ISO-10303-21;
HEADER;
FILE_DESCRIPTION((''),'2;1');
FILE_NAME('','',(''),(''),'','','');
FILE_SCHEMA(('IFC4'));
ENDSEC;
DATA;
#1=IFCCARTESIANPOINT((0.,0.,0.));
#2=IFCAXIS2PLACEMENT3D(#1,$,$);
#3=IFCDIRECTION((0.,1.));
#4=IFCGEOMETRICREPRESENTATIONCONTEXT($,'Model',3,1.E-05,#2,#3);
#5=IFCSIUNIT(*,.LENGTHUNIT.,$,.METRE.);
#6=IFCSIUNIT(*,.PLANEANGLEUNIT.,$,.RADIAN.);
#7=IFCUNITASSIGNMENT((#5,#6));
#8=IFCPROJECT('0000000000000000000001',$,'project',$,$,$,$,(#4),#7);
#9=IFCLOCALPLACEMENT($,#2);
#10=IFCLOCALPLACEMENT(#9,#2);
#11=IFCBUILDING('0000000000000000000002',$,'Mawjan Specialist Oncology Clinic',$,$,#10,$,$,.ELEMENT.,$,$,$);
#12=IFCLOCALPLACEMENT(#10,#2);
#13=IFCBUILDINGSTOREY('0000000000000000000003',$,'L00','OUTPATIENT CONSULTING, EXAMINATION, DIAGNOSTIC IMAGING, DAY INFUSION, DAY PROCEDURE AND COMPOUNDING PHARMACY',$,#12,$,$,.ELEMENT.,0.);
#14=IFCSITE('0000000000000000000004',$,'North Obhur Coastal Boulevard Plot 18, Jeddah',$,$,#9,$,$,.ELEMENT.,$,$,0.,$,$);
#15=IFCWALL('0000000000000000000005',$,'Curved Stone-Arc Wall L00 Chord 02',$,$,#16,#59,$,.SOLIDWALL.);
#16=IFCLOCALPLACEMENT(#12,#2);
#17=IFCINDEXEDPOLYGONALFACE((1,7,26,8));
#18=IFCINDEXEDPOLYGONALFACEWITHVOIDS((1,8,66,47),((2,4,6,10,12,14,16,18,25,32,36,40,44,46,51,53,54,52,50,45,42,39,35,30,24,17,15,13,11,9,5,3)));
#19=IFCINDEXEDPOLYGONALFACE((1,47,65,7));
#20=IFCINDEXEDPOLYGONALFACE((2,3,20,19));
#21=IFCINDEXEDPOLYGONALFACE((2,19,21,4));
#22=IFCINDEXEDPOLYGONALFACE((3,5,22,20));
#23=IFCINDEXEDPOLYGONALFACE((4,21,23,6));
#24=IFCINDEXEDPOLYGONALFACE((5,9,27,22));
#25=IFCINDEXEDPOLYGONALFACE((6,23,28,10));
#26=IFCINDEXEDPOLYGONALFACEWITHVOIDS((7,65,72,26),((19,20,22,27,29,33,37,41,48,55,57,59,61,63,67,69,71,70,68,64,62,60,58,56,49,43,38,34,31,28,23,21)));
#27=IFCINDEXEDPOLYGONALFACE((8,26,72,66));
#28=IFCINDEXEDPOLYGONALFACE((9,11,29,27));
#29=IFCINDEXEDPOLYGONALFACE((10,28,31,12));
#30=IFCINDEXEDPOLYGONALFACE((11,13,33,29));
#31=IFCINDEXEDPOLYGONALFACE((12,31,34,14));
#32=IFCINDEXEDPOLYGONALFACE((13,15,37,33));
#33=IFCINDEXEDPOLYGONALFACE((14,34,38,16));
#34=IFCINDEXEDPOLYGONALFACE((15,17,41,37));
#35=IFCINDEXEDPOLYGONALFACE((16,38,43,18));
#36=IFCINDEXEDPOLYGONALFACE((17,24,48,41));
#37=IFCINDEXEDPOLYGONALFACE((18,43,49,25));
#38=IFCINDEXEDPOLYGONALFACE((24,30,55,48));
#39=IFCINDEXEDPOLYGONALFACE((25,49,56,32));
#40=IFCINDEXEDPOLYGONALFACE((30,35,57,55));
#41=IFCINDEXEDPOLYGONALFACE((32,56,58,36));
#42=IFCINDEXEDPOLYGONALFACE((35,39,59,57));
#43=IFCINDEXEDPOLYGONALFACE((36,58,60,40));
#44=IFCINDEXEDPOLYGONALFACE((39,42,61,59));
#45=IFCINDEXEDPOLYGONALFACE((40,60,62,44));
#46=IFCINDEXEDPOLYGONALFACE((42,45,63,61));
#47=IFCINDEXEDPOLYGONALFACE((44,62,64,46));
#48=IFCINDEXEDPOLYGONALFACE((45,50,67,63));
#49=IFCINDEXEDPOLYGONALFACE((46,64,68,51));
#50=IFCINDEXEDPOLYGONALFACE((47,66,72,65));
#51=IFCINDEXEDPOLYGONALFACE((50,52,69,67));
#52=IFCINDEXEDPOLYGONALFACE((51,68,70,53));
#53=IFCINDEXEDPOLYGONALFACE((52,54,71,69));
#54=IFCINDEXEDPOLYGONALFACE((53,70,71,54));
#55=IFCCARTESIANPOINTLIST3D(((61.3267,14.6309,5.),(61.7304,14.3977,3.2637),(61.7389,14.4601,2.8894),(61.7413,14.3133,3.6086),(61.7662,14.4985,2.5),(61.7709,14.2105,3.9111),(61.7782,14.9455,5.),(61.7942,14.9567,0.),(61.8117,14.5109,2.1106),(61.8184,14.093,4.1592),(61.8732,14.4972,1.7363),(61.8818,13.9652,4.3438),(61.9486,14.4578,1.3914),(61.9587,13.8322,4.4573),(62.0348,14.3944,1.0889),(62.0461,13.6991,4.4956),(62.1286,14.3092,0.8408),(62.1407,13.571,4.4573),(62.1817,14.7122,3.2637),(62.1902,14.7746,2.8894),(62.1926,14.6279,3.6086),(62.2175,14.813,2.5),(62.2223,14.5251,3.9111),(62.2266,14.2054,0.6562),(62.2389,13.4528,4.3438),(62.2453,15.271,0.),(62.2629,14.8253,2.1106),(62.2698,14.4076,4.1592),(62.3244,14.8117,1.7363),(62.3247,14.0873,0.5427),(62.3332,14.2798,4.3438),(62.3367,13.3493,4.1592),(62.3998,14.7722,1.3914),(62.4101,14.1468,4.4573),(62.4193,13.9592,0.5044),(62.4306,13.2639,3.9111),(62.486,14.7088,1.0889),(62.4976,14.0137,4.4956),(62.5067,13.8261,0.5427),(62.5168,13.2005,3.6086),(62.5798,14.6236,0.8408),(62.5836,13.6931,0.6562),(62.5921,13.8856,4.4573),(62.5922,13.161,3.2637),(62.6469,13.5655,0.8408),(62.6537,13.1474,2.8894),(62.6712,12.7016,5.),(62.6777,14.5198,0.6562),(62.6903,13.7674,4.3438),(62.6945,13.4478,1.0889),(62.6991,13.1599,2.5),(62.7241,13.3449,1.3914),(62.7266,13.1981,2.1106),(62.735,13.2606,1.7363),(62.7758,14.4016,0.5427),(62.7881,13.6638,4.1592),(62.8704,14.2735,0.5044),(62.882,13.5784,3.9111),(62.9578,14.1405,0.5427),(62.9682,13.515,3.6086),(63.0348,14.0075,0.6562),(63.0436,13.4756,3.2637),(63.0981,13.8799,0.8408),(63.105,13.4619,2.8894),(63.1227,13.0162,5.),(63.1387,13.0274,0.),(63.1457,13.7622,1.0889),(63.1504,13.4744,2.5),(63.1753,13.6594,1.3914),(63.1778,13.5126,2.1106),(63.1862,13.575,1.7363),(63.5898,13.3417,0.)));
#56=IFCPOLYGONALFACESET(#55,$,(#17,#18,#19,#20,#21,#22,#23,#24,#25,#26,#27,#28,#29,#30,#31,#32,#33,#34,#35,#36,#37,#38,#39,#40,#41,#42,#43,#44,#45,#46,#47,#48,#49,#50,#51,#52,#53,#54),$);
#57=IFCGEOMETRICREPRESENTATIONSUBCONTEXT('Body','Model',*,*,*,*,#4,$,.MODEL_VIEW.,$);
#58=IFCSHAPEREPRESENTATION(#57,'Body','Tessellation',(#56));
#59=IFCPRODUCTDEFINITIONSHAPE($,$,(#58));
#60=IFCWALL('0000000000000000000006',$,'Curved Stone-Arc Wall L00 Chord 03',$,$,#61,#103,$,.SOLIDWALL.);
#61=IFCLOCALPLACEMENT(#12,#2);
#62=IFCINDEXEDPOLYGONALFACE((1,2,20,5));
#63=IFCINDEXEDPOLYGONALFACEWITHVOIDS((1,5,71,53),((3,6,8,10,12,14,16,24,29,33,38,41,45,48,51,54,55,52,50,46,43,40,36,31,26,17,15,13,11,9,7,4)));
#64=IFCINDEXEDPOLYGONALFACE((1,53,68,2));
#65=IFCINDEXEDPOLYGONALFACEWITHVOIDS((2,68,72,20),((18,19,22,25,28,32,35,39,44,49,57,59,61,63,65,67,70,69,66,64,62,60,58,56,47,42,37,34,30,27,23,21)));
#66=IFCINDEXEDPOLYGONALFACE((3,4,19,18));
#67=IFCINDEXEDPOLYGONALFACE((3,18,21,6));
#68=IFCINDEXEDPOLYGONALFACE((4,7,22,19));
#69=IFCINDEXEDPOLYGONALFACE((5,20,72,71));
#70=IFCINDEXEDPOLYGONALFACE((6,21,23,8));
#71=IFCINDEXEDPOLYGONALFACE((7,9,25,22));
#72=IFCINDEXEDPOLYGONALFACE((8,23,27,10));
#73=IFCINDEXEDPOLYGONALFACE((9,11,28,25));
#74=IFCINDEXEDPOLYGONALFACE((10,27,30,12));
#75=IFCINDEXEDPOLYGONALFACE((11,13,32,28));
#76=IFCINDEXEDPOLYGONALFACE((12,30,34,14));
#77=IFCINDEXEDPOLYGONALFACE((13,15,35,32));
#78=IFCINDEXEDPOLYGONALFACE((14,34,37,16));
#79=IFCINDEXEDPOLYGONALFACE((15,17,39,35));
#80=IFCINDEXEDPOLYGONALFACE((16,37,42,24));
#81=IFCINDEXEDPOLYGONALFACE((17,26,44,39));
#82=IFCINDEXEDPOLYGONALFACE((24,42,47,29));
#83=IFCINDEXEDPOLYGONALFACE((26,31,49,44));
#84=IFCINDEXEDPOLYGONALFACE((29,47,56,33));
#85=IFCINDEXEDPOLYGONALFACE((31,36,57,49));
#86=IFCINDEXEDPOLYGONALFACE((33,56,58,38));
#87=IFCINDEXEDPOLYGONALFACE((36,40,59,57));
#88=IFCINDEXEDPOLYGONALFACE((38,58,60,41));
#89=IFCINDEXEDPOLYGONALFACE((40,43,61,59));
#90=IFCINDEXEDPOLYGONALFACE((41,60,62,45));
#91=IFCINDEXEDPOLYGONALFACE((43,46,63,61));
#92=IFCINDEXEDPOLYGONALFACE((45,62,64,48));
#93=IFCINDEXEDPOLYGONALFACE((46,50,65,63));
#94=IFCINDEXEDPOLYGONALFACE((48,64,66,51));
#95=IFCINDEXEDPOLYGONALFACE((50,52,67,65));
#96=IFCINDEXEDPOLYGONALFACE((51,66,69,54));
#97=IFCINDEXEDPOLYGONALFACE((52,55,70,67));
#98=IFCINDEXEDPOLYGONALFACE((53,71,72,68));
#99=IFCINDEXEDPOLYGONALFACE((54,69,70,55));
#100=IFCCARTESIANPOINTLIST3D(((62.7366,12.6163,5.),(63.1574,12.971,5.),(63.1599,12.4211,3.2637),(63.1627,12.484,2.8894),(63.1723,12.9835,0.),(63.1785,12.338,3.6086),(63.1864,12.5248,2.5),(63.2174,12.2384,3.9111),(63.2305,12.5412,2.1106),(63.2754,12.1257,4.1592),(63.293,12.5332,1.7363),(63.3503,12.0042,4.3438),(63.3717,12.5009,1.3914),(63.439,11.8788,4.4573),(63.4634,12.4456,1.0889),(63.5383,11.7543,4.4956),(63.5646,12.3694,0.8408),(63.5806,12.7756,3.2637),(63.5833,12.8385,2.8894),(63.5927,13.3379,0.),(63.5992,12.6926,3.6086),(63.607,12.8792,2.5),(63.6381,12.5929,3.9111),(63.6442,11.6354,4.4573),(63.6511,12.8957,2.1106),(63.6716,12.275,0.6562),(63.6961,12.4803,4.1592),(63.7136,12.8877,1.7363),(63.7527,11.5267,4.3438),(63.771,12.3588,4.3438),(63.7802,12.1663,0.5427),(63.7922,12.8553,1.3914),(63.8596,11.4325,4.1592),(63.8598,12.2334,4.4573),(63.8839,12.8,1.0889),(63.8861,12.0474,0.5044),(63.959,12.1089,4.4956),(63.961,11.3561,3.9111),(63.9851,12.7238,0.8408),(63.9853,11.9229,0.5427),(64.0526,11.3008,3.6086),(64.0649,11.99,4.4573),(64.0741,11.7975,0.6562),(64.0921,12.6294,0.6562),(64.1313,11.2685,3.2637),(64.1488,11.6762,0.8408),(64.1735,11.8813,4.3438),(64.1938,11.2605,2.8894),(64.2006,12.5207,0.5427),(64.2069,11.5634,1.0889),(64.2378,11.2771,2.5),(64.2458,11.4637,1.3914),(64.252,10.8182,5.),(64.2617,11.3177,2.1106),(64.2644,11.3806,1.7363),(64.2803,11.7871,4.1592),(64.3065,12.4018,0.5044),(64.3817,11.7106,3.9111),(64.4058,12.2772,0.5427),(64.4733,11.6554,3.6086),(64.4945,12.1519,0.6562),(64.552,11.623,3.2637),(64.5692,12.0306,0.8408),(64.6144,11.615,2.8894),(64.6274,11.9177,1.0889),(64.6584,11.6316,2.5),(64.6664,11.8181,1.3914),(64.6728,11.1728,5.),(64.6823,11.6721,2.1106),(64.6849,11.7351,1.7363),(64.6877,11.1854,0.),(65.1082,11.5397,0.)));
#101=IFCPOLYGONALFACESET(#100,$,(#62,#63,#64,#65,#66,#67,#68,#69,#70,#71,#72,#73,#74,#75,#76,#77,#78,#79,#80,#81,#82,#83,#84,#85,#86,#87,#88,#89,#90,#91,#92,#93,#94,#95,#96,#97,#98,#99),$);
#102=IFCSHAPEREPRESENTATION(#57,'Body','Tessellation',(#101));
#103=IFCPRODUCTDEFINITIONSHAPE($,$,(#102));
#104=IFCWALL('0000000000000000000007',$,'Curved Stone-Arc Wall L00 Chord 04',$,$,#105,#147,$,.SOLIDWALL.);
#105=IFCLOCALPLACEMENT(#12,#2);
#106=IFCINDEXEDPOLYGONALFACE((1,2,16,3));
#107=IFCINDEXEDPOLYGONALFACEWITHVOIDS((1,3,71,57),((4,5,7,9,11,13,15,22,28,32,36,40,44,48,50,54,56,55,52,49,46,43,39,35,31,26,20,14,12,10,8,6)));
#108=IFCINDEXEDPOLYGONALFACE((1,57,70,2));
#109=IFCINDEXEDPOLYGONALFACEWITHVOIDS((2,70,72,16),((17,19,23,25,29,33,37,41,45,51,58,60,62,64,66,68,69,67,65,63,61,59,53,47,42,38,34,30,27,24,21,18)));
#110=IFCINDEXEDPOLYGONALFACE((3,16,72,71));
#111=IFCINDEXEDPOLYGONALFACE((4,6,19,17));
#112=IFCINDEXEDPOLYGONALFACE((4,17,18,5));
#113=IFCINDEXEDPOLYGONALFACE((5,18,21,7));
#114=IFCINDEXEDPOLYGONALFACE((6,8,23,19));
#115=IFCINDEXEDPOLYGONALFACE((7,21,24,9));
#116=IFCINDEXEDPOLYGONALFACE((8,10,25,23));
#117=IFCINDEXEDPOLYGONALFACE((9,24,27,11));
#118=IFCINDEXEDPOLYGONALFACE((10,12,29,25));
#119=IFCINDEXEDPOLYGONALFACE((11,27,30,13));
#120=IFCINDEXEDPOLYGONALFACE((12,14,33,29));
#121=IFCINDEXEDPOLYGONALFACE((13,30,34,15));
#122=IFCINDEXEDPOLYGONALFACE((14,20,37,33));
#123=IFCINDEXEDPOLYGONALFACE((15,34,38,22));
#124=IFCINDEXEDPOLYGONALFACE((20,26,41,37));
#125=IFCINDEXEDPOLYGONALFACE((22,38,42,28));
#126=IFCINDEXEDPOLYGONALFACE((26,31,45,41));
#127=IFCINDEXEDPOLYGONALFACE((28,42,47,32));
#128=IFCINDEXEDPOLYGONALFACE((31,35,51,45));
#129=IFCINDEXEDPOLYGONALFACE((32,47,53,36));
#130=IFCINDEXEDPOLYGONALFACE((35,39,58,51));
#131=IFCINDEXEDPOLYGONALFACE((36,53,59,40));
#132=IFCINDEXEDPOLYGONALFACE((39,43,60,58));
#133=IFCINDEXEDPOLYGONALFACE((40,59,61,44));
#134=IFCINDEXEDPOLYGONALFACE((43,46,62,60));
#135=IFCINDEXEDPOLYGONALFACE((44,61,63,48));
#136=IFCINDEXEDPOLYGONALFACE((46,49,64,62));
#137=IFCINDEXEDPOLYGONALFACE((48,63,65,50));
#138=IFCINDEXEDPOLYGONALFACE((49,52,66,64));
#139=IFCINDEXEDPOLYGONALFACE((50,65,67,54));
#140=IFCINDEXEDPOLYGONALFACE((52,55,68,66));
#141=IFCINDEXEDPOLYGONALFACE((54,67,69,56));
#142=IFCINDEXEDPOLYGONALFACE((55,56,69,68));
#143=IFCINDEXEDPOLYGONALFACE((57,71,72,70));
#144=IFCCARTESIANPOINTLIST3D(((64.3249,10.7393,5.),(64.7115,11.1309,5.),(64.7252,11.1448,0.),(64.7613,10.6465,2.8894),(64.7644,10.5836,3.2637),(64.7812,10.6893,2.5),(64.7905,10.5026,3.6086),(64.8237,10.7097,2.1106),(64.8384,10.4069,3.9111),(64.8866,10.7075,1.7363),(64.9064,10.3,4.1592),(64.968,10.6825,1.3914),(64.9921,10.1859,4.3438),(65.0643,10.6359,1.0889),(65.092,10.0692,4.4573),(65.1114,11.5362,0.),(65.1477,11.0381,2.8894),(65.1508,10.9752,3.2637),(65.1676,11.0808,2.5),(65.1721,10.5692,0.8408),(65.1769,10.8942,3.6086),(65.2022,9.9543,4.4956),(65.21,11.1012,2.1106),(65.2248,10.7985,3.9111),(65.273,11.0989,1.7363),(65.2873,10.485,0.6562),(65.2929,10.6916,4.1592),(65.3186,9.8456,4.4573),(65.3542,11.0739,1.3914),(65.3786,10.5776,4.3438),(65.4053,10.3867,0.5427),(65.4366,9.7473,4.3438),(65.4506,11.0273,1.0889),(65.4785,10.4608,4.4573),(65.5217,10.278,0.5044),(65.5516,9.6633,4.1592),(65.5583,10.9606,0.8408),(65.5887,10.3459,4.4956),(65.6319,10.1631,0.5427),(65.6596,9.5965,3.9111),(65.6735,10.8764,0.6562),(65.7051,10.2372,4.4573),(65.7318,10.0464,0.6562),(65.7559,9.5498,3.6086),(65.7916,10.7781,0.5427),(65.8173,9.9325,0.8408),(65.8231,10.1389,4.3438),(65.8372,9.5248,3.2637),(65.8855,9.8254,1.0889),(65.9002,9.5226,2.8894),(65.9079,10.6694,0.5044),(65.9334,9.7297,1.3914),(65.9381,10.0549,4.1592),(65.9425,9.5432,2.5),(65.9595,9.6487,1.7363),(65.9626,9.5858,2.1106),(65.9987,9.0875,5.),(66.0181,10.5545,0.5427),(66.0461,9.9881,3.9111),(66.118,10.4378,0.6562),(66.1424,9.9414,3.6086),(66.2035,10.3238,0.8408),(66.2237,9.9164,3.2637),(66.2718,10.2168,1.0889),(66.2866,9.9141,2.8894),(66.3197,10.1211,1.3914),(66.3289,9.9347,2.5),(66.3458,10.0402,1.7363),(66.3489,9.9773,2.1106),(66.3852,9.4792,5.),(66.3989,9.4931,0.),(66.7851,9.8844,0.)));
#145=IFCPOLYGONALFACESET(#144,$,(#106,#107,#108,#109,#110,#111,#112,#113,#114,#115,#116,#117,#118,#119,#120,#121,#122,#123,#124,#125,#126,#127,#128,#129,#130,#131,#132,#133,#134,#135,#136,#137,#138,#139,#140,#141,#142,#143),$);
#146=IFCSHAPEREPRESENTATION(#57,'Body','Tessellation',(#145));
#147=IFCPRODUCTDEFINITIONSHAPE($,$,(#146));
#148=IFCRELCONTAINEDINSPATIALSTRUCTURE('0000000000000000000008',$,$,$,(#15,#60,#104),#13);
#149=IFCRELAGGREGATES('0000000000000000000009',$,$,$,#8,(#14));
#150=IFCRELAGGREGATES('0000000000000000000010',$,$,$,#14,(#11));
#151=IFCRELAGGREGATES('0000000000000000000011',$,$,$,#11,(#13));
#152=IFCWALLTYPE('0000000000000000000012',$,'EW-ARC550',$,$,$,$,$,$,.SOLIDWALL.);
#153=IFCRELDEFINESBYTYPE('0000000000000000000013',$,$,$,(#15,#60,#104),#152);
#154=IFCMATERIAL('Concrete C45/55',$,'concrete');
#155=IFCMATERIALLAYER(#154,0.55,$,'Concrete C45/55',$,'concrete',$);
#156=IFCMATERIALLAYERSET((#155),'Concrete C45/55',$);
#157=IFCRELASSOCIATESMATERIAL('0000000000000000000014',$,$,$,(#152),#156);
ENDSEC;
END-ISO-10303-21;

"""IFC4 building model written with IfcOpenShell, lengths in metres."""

from ifc_helpers import new_model, si_unit, direction, frame, origin, place, context, subcontext, project, spatial, polyline, outline, extrude, material, layer, layer_set, type_object, element, save


model = new_model("IFC4")

# Units and contexts
model_context = context("Model", 3, precision=1e-05, world=origin(), true_north=direction((0.0, 1.0)))
body_context = subcontext(model_context, "Body", "Model", "MODEL_VIEW")
ifc_project = project(units=[si_unit("LENGTHUNIT", "METRE"), si_unit("PLANEANGLEUNIT", "RADIAN")], contexts=[model_context])

# Site, building, storey
site_placement = place(None, origin())
site = spatial("IfcSite", under=ifc_project, at=site_placement, Name="North Obhur Coastal Boulevard Plot 18, Jeddah", CompositionType="ELEMENT", RefElevation=0.0)
building_placement = place(site_placement, origin())
building = spatial("IfcBuilding", under=site, at=building_placement, Name="Mawjan Specialist Oncology Clinic", CompositionType="ELEMENT")
storey_placement = place(building_placement, origin())
storey = spatial("IfcBuildingStorey", under=building, at=storey_placement, Name="L00", Description="OUTPATIENT CONSULTING, EXAMINATION, DIAGNOSTIC IMAGING, DAY INFUSION, DAY PROCEDURE AND COMPOUNDING PHARMACY", CompositionType="ELEMENT", Elevation=0.0)

# Walls, openings
ifc_material_1 = material(Name="Concrete C45/55", Category="concrete")
ifc_layer_1 = layer(ifc_material_1, 0.55, Name="Concrete C45/55", Category="concrete")
ifc_layer_set_1 = layer_set([ifc_layer_1], Name="Concrete C45/55")
wall_type = type_object("IfcWallType", Name="EW-ARC550", PredefinedType="SOLIDWALL", material=ifc_layer_set_1)
wall_1_placement = place(storey_placement, frame((63.3643, 13.1846, 0.0), z_axis=(0.0, 0.0, 1.0), x_axis=(-0.571761, 0.82042, 0.0)))
wall_1 = element("IfcWall", 1, at=wall_1_placement, inside=storey, type_object=wall_type, Name="Curved Stone-Arc Wall L00 Chord 02", PredefinedType="SOLIDWALL", context=body_context, shape_type="SweptSolid", body=[
    extrude(outline(polyline([(-0.2749, 0.0), (0.2749, 0.0), (0.8447, 5.0), (0.2944, 5.0), (-0.2749, 0.0)])), frame((0.0, 0.0, 0.0), z_axis=(1.0, 0.0, 0.0), x_axis=(0.0, 1.0, 0.0)), (0.0, 0.0, 1.0), 2.3516),
])
opening_1_placement = place(wall_1_placement, origin())
element("IfcOpeningElement", 2, at=opening_1_placement, cuts=wall_1, PredefinedType="OPENING", context=body_context, shape_type="SweptSolid", body=[
    extrude(outline(polyline([(1.9917, 2.5), (1.9758, 2.8894), (1.9294, 3.2637), (1.854, 3.6086), (1.7527, 3.9111), (1.6292, 4.1592), (1.488, 4.3438), (1.335, 4.4573), (1.1758, 4.4956), (1.0166, 4.4573), (0.8635, 4.3438), (0.7227, 4.1592), (0.5989, 3.9111), (0.4976, 3.6086), (0.4221, 3.2637), (0.3757, 2.8894), (0.3601, 2.5), (0.3757, 2.1106), (0.4221, 1.7363), (0.4976, 1.3914), (0.5989, 1.0889), (0.7227, 0.8408), (0.8635, 0.6562), (1.0166, 0.5427), (1.1758, 0.5044), (1.335, 0.5427), (1.488, 0.6562), (1.6292, 0.8408), (1.7527, 1.0889), (1.854, 1.3914), (1.9294, 1.7363), (1.9758, 2.1106), (1.9917, 2.5)])), frame((0.0, 0.8645, 0.0), z_axis=(0.0, -1.0, 0.0), x_axis=(1.0, 0.0, 0.0)), (0.0, 0.0, 1.0), 1.1597),
])
wall_2_placement = place(storey_placement, frame((64.8979, 11.3625, 0.0), z_axis=(0.0, 0.0, 1.0), x_axis=(-0.644433, 0.764661, 0.0)))
wall_2 = element("IfcWall", 3, at=wall_2_placement, inside=storey, type_object=wall_type, Name="Curved Stone-Arc Wall L00 Chord 03", PredefinedType="SOLIDWALL", context=body_context, shape_type="SweptSolid", body=[
    extrude(outline(polyline([(-0.2749, 0.0), (0.2749, 0.0), (0.8447, 5.0), (0.2944, 5.0), (-0.2749, 0.0)])), frame((0.0, 0.0, 0.0), z_axis=(1.0, 0.0, 0.0), x_axis=(0.0, 1.0, 0.0)), (0.0, 0.0, 1.0), 2.3516),
])
opening_2_placement = place(wall_2_placement, origin())
element("IfcOpeningElement", 4, at=opening_2_placement, cuts=wall_2, PredefinedType="OPENING", context=body_context, shape_type="SweptSolid", body=[
    extrude(outline(polyline([(1.9917, 2.5), (1.9758, 2.8894), (1.9294, 3.2637), (1.854, 3.6086), (1.7527, 3.9111), (1.6292, 4.1592), (1.488, 4.3438), (1.335, 4.4573), (1.1758, 4.4956), (1.0166, 4.4573), (0.8635, 4.3438), (0.7227, 4.1592), (0.5989, 3.9111), (0.4976, 3.6086), (0.4221, 3.2637), (0.3757, 2.8894), (0.3601, 2.5), (0.3757, 2.1106), (0.4221, 1.7363), (0.4976, 1.3914), (0.5989, 1.0889), (0.7227, 0.8408), (0.8635, 0.6562), (1.0166, 0.5427), (1.1758, 0.5044), (1.335, 0.5427), (1.488, 0.6562), (1.6292, 0.8408), (1.7527, 1.0889), (1.854, 1.3914), (1.9294, 1.7363), (1.9758, 2.1106), (1.9917, 2.5)])), frame((0.0, 0.8645, 0.0), z_axis=(0.0, -1.0, 0.0), x_axis=(1.0, 0.0, 0.0)), (0.0, 0.0, 1.0), 1.1597),
])
wall_3_placement = place(storey_placement, frame((66.592, 9.6887, 0.0), z_axis=(0.0, 0.0, 1.0), x_axis=(-0.711763, 0.70242, 0.0)))
wall_3 = element("IfcWall", 5, at=wall_3_placement, inside=storey, type_object=wall_type, Name="Curved Stone-Arc Wall L00 Chord 04", PredefinedType="SOLIDWALL", context=body_context, shape_type="SweptSolid", body=[
    extrude(outline(polyline([(-0.2749, 0.0), (0.2749, 0.0), (0.8447, 5.0), (0.2944, 5.0), (-0.2749, 0.0)])), frame((0.0, 0.0, 0.0), z_axis=(1.0, 0.0, 0.0), x_axis=(0.0, 1.0, 0.0)), (0.0, 0.0, 1.0), 2.3516),
])
opening_3_placement = place(wall_3_placement, origin())
element("IfcOpeningElement", 6, at=opening_3_placement, cuts=wall_3, PredefinedType="OPENING", context=body_context, shape_type="SweptSolid", body=[
    extrude(outline(polyline([(1.9917, 2.5), (1.9758, 2.8894), (1.9294, 3.2637), (1.854, 3.6086), (1.7527, 3.9111), (1.6292, 4.1592), (1.488, 4.3438), (1.335, 4.4573), (1.1758, 4.4956), (1.0166, 4.4573), (0.8635, 4.3438), (0.7227, 4.1592), (0.5989, 3.9111), (0.4976, 3.6086), (0.4221, 3.2637), (0.3757, 2.8894), (0.3601, 2.5), (0.3757, 2.1106), (0.4221, 1.7363), (0.4976, 1.3914), (0.5989, 1.0889), (0.7227, 0.8408), (0.8635, 0.6562), (1.0166, 0.5427), (1.1758, 0.5044), (1.335, 0.5427), (1.488, 0.6562), (1.6292, 0.8408), (1.7527, 1.0889), (1.854, 1.3914), (1.9294, 1.7363), (1.9758, 2.1106), (1.9917, 2.5)])), frame((0.0, 0.8645, 0.0), z_axis=(0.0, -1.0, 0.0), x_axis=(1.0, 0.0, 0.0)), (0.0, 0.0, 1.0), 1.1597),
])

save(model, "model.ifc")
